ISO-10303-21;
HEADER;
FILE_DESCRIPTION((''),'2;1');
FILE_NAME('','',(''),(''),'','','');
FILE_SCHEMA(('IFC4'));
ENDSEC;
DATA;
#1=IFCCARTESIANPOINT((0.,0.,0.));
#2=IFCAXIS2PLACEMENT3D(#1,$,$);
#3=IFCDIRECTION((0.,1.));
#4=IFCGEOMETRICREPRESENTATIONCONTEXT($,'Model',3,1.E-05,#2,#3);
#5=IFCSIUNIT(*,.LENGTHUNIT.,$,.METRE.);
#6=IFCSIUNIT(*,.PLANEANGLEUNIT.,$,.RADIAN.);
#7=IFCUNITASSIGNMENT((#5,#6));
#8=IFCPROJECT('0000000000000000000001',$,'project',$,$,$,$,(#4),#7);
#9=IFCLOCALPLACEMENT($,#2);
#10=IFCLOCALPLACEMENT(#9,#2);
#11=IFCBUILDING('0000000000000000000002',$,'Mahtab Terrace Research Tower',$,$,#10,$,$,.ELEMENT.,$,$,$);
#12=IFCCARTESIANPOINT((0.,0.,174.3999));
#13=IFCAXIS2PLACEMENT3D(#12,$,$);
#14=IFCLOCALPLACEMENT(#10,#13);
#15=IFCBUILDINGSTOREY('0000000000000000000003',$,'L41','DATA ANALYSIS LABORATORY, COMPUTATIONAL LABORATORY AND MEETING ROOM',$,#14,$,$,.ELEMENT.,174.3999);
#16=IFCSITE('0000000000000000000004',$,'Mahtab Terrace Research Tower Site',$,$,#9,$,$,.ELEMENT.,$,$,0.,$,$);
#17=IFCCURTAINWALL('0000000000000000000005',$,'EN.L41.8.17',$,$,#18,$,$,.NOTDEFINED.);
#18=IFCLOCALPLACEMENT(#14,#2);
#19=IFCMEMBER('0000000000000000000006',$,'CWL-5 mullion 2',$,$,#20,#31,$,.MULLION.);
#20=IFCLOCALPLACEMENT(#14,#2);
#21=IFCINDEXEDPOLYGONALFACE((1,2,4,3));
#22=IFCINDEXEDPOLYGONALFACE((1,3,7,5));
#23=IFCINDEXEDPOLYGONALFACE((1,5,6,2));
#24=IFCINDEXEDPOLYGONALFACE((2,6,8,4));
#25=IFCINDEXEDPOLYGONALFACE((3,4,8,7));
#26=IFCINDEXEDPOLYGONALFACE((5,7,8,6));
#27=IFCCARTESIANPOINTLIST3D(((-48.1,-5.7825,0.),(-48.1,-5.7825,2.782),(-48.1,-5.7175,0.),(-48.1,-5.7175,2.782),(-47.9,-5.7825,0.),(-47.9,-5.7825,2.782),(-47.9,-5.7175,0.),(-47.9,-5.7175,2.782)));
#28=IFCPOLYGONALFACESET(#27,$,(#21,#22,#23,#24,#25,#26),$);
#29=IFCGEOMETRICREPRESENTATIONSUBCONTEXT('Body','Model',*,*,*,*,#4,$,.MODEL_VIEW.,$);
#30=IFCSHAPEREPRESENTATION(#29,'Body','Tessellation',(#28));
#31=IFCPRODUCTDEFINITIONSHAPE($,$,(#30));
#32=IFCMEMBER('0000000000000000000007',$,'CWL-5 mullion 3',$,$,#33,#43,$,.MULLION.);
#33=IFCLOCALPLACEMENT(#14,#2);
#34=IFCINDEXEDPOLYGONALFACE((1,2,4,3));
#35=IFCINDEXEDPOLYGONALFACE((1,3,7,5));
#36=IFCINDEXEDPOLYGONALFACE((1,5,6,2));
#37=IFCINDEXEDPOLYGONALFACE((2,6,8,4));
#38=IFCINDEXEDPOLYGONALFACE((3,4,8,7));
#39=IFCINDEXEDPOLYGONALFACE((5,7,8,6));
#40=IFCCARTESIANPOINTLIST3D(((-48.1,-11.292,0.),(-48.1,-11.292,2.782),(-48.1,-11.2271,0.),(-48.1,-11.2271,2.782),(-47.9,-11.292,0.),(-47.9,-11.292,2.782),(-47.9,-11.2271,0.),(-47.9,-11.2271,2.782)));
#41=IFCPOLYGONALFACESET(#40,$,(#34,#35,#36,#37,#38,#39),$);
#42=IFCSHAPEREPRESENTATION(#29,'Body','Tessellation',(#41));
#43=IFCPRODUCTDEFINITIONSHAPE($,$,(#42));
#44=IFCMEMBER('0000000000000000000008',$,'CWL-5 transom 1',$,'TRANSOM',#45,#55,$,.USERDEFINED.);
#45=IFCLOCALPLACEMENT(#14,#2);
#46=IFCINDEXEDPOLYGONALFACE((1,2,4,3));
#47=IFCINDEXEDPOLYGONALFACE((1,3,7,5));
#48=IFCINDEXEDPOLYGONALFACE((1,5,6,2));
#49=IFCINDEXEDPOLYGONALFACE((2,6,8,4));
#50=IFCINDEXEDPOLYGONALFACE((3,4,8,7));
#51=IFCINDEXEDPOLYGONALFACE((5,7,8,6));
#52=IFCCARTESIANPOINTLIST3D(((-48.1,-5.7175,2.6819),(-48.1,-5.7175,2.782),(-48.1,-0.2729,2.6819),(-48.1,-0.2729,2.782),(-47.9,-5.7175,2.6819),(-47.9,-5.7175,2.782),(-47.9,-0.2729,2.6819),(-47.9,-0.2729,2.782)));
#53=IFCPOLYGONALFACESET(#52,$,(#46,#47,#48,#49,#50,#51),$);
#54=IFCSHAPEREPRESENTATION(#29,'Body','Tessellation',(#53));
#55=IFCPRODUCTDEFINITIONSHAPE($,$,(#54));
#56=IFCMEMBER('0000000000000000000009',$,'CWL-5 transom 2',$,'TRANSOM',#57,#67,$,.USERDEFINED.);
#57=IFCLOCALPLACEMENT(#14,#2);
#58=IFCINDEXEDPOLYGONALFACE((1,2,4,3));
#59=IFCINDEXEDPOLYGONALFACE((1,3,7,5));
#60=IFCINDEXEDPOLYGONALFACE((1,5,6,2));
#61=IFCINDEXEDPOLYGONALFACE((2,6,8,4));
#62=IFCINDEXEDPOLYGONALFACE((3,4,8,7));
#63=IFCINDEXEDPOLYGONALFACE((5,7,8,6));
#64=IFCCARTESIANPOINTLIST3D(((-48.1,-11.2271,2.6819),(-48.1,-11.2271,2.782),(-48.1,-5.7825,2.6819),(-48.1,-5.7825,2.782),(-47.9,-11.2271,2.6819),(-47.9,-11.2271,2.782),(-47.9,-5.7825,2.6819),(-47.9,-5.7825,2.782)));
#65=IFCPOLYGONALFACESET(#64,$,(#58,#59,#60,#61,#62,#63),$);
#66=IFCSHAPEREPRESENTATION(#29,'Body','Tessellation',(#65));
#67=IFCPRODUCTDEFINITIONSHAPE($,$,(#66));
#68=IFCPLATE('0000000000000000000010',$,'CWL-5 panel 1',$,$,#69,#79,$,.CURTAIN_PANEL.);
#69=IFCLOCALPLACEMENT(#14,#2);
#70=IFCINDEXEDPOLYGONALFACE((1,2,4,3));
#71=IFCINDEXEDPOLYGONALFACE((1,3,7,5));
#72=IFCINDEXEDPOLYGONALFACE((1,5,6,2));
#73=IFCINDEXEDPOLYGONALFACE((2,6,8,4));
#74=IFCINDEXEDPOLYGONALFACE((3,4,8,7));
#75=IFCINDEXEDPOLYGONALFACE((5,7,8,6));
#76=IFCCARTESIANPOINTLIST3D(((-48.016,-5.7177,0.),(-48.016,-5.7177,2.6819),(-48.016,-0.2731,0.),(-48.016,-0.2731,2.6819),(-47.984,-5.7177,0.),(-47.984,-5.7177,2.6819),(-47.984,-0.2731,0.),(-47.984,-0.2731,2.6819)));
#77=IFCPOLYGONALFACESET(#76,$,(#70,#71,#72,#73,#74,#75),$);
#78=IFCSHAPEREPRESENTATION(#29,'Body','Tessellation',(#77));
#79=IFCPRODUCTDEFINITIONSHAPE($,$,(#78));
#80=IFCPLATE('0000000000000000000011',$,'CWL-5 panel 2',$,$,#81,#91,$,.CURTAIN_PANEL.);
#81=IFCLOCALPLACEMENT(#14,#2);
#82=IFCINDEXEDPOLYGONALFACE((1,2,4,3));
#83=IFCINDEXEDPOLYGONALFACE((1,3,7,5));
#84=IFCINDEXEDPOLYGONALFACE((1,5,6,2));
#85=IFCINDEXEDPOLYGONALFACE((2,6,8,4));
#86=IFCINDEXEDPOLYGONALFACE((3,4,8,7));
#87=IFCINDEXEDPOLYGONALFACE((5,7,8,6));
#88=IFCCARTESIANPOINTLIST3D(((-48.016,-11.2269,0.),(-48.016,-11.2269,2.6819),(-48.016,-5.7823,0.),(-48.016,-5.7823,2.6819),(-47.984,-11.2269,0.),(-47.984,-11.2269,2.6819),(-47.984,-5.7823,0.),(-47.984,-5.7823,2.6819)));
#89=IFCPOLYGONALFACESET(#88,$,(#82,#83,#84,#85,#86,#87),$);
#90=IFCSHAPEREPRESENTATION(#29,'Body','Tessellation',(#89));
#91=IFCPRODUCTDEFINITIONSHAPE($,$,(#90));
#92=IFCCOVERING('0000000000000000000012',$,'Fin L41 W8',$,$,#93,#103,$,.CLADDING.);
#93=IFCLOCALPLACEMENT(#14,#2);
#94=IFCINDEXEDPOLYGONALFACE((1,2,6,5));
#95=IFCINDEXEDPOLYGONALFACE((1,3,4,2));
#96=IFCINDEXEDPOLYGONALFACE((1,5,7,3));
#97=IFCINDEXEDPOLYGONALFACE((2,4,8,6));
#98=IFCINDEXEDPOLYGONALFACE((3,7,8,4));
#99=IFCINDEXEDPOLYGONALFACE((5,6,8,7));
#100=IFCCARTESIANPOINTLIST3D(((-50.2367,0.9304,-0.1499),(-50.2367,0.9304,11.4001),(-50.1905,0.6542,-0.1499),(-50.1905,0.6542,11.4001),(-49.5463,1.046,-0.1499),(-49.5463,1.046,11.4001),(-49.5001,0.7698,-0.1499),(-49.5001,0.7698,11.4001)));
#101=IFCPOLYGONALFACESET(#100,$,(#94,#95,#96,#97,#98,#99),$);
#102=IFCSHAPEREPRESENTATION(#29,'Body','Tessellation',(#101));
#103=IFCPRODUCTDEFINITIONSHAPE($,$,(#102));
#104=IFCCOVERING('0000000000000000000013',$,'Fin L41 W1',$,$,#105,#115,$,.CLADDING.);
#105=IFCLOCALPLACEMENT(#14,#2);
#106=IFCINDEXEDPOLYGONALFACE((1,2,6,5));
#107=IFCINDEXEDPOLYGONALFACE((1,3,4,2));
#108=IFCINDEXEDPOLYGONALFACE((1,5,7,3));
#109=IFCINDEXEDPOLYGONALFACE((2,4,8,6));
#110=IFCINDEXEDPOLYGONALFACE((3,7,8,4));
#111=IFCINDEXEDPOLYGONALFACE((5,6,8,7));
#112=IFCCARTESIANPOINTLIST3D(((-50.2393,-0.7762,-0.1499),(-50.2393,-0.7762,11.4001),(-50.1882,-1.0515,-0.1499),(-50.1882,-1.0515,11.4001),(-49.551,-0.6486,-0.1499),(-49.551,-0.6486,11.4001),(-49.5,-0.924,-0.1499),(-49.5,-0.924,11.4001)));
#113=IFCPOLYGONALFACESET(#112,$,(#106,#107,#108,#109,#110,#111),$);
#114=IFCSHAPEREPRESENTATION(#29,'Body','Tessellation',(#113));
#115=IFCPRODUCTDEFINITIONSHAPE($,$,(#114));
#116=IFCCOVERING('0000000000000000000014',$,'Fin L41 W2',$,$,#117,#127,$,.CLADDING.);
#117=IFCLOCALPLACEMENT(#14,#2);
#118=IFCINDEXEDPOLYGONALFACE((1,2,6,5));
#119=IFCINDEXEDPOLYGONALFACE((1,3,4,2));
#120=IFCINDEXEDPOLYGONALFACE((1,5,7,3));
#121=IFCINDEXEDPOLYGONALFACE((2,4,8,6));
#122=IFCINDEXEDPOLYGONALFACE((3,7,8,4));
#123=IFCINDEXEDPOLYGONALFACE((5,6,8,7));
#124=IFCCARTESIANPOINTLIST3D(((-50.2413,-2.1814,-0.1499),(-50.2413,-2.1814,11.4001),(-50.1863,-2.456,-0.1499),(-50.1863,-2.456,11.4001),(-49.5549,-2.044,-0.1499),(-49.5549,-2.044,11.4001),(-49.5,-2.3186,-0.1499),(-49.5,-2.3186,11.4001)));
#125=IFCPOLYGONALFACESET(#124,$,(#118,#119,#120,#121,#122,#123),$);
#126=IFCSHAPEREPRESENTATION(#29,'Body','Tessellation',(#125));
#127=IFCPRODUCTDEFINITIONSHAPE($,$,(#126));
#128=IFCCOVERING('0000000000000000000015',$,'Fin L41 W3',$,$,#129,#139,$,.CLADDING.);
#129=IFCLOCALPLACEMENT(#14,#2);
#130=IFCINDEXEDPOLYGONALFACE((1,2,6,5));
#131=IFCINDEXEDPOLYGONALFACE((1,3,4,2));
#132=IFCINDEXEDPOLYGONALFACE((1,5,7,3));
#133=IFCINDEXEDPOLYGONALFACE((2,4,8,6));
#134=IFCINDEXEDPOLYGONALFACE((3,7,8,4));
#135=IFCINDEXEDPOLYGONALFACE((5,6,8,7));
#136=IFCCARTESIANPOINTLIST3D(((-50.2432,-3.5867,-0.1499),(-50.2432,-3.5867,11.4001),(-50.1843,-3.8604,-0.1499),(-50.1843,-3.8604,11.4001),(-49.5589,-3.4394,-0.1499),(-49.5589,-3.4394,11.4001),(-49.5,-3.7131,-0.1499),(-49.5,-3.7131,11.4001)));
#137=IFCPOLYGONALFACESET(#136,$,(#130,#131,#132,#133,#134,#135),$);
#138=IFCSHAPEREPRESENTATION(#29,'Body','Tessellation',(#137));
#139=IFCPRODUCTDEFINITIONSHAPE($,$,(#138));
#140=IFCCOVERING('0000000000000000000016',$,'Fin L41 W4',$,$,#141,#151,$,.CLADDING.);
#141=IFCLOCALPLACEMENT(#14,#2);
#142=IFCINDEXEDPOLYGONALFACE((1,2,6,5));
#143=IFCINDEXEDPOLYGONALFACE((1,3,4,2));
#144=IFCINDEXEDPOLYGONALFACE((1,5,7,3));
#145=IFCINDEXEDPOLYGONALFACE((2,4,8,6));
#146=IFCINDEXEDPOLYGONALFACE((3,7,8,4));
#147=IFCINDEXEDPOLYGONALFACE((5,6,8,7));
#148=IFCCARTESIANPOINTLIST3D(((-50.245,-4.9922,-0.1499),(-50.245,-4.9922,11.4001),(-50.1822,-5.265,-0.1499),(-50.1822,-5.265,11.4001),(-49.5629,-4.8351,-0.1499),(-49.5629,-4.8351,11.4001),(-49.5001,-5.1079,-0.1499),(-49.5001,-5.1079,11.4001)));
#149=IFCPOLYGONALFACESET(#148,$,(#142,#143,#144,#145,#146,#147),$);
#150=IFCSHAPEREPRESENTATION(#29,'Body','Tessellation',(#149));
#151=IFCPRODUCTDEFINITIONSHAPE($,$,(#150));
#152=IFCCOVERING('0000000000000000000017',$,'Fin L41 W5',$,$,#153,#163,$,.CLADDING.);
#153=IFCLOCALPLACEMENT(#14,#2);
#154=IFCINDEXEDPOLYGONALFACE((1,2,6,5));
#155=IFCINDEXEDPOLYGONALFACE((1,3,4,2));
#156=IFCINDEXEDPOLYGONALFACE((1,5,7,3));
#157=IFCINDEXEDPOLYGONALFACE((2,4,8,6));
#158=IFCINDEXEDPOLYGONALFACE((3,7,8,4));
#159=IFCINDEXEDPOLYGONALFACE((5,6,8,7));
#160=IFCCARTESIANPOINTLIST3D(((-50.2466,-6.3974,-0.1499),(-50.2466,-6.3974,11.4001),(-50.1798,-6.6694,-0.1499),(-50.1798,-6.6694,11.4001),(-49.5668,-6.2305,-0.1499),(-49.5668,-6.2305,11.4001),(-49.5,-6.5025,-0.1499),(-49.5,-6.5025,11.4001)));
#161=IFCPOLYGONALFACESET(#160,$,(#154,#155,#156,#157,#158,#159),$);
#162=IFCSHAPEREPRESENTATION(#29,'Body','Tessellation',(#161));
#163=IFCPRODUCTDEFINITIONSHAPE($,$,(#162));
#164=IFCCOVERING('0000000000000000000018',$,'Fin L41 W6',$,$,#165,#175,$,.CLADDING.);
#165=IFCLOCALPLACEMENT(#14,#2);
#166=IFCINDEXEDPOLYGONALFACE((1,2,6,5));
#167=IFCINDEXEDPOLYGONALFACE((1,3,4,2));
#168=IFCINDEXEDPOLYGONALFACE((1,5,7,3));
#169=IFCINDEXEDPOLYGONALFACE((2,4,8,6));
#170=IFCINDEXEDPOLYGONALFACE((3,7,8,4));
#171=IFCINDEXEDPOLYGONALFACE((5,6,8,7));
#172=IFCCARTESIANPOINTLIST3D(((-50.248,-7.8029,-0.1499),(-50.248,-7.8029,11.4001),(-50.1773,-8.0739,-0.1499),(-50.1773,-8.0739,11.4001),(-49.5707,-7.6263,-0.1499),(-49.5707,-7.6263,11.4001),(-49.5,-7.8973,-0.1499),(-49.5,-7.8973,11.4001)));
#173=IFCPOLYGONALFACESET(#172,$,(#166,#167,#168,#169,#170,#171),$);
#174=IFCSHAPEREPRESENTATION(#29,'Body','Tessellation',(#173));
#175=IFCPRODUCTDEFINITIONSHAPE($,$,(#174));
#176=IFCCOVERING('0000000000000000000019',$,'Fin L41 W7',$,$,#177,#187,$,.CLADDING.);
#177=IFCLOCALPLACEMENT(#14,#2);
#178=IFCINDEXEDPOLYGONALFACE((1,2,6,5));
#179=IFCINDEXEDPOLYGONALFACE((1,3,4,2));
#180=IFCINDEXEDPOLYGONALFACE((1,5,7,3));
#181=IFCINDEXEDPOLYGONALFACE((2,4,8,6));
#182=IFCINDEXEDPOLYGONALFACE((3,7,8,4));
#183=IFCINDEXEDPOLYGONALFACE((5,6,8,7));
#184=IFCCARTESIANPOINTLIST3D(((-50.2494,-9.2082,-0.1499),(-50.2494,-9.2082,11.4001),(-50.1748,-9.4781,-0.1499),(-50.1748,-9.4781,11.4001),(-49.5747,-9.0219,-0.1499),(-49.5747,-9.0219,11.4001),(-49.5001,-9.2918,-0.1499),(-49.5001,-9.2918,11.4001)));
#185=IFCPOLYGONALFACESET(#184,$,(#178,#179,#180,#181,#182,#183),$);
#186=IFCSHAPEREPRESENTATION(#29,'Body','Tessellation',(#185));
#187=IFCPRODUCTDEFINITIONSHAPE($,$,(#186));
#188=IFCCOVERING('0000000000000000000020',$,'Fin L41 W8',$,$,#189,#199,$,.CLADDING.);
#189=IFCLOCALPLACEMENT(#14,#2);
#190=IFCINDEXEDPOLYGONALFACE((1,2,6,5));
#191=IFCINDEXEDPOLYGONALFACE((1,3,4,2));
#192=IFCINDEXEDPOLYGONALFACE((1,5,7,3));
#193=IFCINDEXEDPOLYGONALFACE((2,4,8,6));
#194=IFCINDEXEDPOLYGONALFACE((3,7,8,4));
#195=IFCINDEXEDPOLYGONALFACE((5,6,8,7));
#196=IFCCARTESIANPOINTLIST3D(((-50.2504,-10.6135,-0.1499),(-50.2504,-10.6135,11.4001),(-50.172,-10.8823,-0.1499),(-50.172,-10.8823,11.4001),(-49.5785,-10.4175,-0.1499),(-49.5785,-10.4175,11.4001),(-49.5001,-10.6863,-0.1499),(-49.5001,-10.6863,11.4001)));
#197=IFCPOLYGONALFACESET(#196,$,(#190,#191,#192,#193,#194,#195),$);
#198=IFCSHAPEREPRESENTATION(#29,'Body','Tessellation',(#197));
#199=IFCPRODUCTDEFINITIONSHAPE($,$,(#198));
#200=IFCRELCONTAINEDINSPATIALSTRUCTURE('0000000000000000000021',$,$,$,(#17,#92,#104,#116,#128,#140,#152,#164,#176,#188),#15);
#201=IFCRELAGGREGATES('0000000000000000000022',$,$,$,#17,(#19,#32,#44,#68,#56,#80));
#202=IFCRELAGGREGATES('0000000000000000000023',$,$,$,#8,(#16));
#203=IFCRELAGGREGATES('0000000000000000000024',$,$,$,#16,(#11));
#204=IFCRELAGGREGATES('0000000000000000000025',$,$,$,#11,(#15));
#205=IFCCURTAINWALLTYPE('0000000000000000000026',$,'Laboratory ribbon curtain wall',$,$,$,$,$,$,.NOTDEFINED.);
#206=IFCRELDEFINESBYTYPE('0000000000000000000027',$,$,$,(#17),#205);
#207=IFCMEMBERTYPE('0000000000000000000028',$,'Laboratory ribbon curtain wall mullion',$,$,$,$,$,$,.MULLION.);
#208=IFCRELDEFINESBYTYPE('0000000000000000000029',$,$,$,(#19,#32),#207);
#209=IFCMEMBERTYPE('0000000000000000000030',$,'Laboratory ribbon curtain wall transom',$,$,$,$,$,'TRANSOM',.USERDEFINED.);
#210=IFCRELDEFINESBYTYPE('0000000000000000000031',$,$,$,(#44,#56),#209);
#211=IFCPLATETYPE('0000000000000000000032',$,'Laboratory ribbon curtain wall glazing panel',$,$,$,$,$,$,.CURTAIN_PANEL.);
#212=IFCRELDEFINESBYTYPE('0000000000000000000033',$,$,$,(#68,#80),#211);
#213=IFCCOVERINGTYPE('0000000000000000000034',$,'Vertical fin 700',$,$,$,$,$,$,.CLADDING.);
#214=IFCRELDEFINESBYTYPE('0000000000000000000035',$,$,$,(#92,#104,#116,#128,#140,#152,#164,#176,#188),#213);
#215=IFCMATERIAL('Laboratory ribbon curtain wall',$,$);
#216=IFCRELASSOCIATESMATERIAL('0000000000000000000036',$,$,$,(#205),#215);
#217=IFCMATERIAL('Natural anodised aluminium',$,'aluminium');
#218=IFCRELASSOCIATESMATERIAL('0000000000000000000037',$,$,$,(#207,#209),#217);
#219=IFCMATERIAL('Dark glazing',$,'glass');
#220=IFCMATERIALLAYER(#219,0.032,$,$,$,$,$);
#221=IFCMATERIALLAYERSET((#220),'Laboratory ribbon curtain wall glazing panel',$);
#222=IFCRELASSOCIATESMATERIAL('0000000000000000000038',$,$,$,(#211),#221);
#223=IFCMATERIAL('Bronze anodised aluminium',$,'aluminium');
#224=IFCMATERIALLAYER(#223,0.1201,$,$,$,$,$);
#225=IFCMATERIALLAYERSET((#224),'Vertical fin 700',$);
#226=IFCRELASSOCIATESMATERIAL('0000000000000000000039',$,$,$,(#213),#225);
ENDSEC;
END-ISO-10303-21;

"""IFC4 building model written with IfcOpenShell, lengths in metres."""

from ifc_helpers import new_model, si_unit, direction, frame, origin, origin_2d, place, context, subcontext, project, spatial, rectangle, extrude, material, layer, layer_set, material_profile, profile_set, type_object, element, aggregate, save


model = new_model("IFC4")

# Units and contexts
model_context = context("Model", 3, precision=1e-05, world=origin(), true_north=direction((0.0, 1.0)))
body_context = subcontext(model_context, "Body", "Model", "MODEL_VIEW")
ifc_project = project(units=[si_unit("LENGTHUNIT", "METRE"), si_unit("PLANEANGLEUNIT", "RADIAN")], contexts=[model_context])

# Site, building, storey
site_placement = place(None, origin())
site = spatial("IfcSite", under=ifc_project, at=site_placement, Name="Mahtab Terrace Research Tower Site", CompositionType="ELEMENT", RefElevation=0.0)
building_placement = place(site_placement, origin())
building = spatial("IfcBuilding", under=site, at=building_placement, Name="Mahtab Terrace Research Tower", CompositionType="ELEMENT")
storey_placement = place(building_placement, frame((0.0, 0.0, 174.3999)))
storey = spatial("IfcBuildingStorey", under=building, at=storey_placement, Name="L41", Description="DATA ANALYSIS LABORATORY, COMPUTATIONAL LABORATORY AND MEETING ROOM", CompositionType="ELEMENT", Elevation=174.3999)

# Curtain wall, members, plates
ifc_material_1 = material(Name="Laboratory ribbon curtain wall")
curtain_wall_type = type_object("IfcCurtainWallType", Name="Laboratory ribbon curtain wall", PredefinedType="NOTDEFINED", material=ifc_material_1)
curtain_wall_placement = place(storey_placement, origin())
curtain_wall = element("IfcCurtainWall", 1, at=curtain_wall_placement, inside=storey, type_object=curtain_wall_type, Name="EN.L41.8.17", PredefinedType="NOTDEFINED")
ifc_material_2 = material(Name="Natural anodised aluminium", Category="aluminium")
ifc_material_profile_1 = material_profile(ifc_material_2, rectangle(XDim=0.2, YDim=0.0649, at=origin_2d()), Name="MULLION 65x200")
ifc_profile_set_1 = profile_set([ifc_material_profile_1], Name="Natural anodised aluminium")
member_type_1 = type_object("IfcMemberType", Name="Laboratory ribbon curtain wall mullion", PredefinedType="MULLION", material=ifc_profile_set_1)
member_1_placement = place(storey_placement, frame((-48.0, -5.75, 0.0), z_axis=(0.0, 0.0, 1.0), x_axis=(1.0, 0.0, 0.0)))
member_1 = element("IfcMember", 2, at=member_1_placement, type_object=member_type_1, Name="CWL-5 mullion 2", PredefinedType="MULLION", context=body_context, shape_type="SweptSolid", body=[
    extrude(rectangle(XDim=0.2, YDim=0.0649, at=origin_2d()), origin(), (0.0, 0.0, 1.0), 2.782),
])
member_2_placement = place(storey_placement, frame((-48.0, -11.2595, 0.0), z_axis=(0.0, 0.0, 1.0), x_axis=(1.0, 0.0, 0.0)))
member_2 = element("IfcMember", 3, at=member_2_placement, type_object=member_type_1, Name="CWL-5 mullion 3", PredefinedType="MULLION", context=body_context, shape_type="SweptSolid", body=[
    extrude(rectangle(XDim=0.2, YDim=0.0649, at=origin_2d()), origin(), (0.0, 0.0, 1.0), 2.782),
])
ifc_material_profile_2 = material_profile(ifc_material_2, rectangle(XDim=0.2, YDim=0.1001, at=origin_2d()), Name="TRANSOM 100x200")
ifc_profile_set_2 = profile_set([ifc_material_profile_2], Name="Natural anodised aluminium")
member_type_2 = type_object("IfcMemberType", Name="Laboratory ribbon curtain wall transom", ElementType="TRANSOM", PredefinedType="USERDEFINED", material=ifc_profile_set_2)
member_3_placement = place(storey_placement, frame((-48.0, -0.2729, 2.7319), z_axis=(0.0, -1.0, 0.0), x_axis=(1.0, 0.0, 0.0)))
member_3 = element("IfcMember", 4, at=member_3_placement, type_object=member_type_2, Name="CWL-5 transom 1", ObjectType="TRANSOM", PredefinedType="USERDEFINED", context=body_context, shape_type="SweptSolid", body=[
    extrude(rectangle(XDim=0.2, YDim=0.1001, at=origin_2d()), origin(), (0.0, 0.0, 1.0), 5.4446),
])
member_4_placement = place(storey_placement, frame((-48.0, -5.7825, 2.7319), z_axis=(0.0, -1.0, 0.0), x_axis=(1.0, 0.0, 0.0)))
member_4 = element("IfcMember", 5, at=member_4_placement, type_object=member_type_2, Name="CWL-5 transom 2", ObjectType="TRANSOM", PredefinedType="USERDEFINED", context=body_context, shape_type="SweptSolid", body=[
    extrude(rectangle(XDim=0.2, YDim=0.1001, at=origin_2d()), origin(), (0.0, 0.0, 1.0), 5.4446),
])
ifc_material_3 = material(Name="Dark glazing", Category="glass")
ifc_layer_1 = layer(ifc_material_3, 0.032)
ifc_layer_set_1 = layer_set([ifc_layer_1], Name="Laboratory ribbon curtain wall glazing panel")
plate_type = type_object("IfcPlateType", Name="Laboratory ribbon curtain wall glazing panel", PredefinedType="CURTAIN_PANEL", material=ifc_layer_set_1)
plate_1_placement = place(storey_placement, frame((-48.0, -2.9954, 0.0), z_axis=(0.0, 0.0, 1.0), x_axis=(0.0, -1.0, 0.0)))
plate_1 = element("IfcPlate", 6, at=plate_1_placement, type_object=plate_type, Name="CWL-5 panel 1", PredefinedType="CURTAIN_PANEL", context=body_context, shape_type="SweptSolid", body=[
    extrude(rectangle(XDim=5.4446, YDim=0.032, at=origin_2d()), origin(), (0.0, 0.0, 1.0), 2.6819),
])
plate_2_placement = place(storey_placement, frame((-48.0, -8.5046, 0.0), z_axis=(0.0, 0.0, 1.0), x_axis=(0.0, -1.0, 0.0)))
plate_2 = element("IfcPlate", 7, at=plate_2_placement, type_object=plate_type, Name="CWL-5 panel 2", PredefinedType="CURTAIN_PANEL", context=body_context, shape_type="SweptSolid", body=[
    extrude(rectangle(XDim=5.4446, YDim=0.032, at=origin_2d()), origin(), (0.0, 0.0, 1.0), 2.6819),
])
aggregate(curtain_wall, [member_1, member_2, member_3, plate_1, member_4, plate_2])

# Coverings
ifc_material_4 = material(Name="Bronze anodised aluminium", Category="aluminium")
ifc_layer_2 = layer(ifc_material_4, 0.1201)
ifc_layer_set_2 = layer_set([ifc_layer_2], Name="Vertical fin 700")
covering_type = type_object("IfcCoveringType", Name="Vertical fin 700", PredefinedType="CLADDING", material=ifc_layer_set_2)
for number, where, z_axis, x_axis, name in (
    (8, (-49.8684, 0.8501, -0.1499), (0.0, 0.0, 1.0), (0.165048, -0.986286, 0.0), "Fin L41 W8"),
    (9, (-49.8696, -0.8501, -0.1499), (0.0, 0.0, 1.0), (0.182236, -0.983255, 0.0), "Fin L41 W1"),
    (10, (-49.8706, -2.25, -0.1499), (0.0, 0.0, 1.0), (0.196349, -0.980534, 0.0), "Fin L41 W2"),
    (11, (-49.8716, -3.6499, -0.1499), (0.0, 0.0, 1.0), (0.210422, -0.977611, 0.0), "Fin L41 W3"),
    (12, (-49.8726, -5.05, -0.1499), (0.0, 0.0, 1.0), (0.224451, -0.974485, 0.0), "Fin L41 W4"),
    (13, (-49.8733, -6.45, -0.1499), (0.0, 0.0, 1.0), (0.238434, -0.971159, 0.0), "Fin L41 W5"),
    (14, (-49.874, -7.8501, -0.1499), (0.0, 0.0, 1.0), (0.252367, -0.967631, 0.0), "Fin L41 W6"),
    (15, (-49.8748, -9.25, -0.1499), (0.0, 0.0, 1.0), (0.266249, -0.963904, 0.0), "Fin L41 W7"),
    (16, (-49.8752, -10.6499, -0.1499), (0.0, 0.0, 1.0), (0.280075, -0.959978, 0.0), "Fin L41 W8"),
):
    element("IfcCovering", number, at=place(storey_placement, frame(where, z_axis=z_axis, x_axis=x_axis)), inside=storey, type_object=covering_type, Name=name, PredefinedType="CLADDING", context=body_context, shape_type="SweptSolid", body=[
        extrude(rectangle(XDim=0.28, YDim=0.7, at=origin_2d()), origin(), (0.0, 0.0, 1.0), 11.55),
    ])

save(model, "model.ifc")
